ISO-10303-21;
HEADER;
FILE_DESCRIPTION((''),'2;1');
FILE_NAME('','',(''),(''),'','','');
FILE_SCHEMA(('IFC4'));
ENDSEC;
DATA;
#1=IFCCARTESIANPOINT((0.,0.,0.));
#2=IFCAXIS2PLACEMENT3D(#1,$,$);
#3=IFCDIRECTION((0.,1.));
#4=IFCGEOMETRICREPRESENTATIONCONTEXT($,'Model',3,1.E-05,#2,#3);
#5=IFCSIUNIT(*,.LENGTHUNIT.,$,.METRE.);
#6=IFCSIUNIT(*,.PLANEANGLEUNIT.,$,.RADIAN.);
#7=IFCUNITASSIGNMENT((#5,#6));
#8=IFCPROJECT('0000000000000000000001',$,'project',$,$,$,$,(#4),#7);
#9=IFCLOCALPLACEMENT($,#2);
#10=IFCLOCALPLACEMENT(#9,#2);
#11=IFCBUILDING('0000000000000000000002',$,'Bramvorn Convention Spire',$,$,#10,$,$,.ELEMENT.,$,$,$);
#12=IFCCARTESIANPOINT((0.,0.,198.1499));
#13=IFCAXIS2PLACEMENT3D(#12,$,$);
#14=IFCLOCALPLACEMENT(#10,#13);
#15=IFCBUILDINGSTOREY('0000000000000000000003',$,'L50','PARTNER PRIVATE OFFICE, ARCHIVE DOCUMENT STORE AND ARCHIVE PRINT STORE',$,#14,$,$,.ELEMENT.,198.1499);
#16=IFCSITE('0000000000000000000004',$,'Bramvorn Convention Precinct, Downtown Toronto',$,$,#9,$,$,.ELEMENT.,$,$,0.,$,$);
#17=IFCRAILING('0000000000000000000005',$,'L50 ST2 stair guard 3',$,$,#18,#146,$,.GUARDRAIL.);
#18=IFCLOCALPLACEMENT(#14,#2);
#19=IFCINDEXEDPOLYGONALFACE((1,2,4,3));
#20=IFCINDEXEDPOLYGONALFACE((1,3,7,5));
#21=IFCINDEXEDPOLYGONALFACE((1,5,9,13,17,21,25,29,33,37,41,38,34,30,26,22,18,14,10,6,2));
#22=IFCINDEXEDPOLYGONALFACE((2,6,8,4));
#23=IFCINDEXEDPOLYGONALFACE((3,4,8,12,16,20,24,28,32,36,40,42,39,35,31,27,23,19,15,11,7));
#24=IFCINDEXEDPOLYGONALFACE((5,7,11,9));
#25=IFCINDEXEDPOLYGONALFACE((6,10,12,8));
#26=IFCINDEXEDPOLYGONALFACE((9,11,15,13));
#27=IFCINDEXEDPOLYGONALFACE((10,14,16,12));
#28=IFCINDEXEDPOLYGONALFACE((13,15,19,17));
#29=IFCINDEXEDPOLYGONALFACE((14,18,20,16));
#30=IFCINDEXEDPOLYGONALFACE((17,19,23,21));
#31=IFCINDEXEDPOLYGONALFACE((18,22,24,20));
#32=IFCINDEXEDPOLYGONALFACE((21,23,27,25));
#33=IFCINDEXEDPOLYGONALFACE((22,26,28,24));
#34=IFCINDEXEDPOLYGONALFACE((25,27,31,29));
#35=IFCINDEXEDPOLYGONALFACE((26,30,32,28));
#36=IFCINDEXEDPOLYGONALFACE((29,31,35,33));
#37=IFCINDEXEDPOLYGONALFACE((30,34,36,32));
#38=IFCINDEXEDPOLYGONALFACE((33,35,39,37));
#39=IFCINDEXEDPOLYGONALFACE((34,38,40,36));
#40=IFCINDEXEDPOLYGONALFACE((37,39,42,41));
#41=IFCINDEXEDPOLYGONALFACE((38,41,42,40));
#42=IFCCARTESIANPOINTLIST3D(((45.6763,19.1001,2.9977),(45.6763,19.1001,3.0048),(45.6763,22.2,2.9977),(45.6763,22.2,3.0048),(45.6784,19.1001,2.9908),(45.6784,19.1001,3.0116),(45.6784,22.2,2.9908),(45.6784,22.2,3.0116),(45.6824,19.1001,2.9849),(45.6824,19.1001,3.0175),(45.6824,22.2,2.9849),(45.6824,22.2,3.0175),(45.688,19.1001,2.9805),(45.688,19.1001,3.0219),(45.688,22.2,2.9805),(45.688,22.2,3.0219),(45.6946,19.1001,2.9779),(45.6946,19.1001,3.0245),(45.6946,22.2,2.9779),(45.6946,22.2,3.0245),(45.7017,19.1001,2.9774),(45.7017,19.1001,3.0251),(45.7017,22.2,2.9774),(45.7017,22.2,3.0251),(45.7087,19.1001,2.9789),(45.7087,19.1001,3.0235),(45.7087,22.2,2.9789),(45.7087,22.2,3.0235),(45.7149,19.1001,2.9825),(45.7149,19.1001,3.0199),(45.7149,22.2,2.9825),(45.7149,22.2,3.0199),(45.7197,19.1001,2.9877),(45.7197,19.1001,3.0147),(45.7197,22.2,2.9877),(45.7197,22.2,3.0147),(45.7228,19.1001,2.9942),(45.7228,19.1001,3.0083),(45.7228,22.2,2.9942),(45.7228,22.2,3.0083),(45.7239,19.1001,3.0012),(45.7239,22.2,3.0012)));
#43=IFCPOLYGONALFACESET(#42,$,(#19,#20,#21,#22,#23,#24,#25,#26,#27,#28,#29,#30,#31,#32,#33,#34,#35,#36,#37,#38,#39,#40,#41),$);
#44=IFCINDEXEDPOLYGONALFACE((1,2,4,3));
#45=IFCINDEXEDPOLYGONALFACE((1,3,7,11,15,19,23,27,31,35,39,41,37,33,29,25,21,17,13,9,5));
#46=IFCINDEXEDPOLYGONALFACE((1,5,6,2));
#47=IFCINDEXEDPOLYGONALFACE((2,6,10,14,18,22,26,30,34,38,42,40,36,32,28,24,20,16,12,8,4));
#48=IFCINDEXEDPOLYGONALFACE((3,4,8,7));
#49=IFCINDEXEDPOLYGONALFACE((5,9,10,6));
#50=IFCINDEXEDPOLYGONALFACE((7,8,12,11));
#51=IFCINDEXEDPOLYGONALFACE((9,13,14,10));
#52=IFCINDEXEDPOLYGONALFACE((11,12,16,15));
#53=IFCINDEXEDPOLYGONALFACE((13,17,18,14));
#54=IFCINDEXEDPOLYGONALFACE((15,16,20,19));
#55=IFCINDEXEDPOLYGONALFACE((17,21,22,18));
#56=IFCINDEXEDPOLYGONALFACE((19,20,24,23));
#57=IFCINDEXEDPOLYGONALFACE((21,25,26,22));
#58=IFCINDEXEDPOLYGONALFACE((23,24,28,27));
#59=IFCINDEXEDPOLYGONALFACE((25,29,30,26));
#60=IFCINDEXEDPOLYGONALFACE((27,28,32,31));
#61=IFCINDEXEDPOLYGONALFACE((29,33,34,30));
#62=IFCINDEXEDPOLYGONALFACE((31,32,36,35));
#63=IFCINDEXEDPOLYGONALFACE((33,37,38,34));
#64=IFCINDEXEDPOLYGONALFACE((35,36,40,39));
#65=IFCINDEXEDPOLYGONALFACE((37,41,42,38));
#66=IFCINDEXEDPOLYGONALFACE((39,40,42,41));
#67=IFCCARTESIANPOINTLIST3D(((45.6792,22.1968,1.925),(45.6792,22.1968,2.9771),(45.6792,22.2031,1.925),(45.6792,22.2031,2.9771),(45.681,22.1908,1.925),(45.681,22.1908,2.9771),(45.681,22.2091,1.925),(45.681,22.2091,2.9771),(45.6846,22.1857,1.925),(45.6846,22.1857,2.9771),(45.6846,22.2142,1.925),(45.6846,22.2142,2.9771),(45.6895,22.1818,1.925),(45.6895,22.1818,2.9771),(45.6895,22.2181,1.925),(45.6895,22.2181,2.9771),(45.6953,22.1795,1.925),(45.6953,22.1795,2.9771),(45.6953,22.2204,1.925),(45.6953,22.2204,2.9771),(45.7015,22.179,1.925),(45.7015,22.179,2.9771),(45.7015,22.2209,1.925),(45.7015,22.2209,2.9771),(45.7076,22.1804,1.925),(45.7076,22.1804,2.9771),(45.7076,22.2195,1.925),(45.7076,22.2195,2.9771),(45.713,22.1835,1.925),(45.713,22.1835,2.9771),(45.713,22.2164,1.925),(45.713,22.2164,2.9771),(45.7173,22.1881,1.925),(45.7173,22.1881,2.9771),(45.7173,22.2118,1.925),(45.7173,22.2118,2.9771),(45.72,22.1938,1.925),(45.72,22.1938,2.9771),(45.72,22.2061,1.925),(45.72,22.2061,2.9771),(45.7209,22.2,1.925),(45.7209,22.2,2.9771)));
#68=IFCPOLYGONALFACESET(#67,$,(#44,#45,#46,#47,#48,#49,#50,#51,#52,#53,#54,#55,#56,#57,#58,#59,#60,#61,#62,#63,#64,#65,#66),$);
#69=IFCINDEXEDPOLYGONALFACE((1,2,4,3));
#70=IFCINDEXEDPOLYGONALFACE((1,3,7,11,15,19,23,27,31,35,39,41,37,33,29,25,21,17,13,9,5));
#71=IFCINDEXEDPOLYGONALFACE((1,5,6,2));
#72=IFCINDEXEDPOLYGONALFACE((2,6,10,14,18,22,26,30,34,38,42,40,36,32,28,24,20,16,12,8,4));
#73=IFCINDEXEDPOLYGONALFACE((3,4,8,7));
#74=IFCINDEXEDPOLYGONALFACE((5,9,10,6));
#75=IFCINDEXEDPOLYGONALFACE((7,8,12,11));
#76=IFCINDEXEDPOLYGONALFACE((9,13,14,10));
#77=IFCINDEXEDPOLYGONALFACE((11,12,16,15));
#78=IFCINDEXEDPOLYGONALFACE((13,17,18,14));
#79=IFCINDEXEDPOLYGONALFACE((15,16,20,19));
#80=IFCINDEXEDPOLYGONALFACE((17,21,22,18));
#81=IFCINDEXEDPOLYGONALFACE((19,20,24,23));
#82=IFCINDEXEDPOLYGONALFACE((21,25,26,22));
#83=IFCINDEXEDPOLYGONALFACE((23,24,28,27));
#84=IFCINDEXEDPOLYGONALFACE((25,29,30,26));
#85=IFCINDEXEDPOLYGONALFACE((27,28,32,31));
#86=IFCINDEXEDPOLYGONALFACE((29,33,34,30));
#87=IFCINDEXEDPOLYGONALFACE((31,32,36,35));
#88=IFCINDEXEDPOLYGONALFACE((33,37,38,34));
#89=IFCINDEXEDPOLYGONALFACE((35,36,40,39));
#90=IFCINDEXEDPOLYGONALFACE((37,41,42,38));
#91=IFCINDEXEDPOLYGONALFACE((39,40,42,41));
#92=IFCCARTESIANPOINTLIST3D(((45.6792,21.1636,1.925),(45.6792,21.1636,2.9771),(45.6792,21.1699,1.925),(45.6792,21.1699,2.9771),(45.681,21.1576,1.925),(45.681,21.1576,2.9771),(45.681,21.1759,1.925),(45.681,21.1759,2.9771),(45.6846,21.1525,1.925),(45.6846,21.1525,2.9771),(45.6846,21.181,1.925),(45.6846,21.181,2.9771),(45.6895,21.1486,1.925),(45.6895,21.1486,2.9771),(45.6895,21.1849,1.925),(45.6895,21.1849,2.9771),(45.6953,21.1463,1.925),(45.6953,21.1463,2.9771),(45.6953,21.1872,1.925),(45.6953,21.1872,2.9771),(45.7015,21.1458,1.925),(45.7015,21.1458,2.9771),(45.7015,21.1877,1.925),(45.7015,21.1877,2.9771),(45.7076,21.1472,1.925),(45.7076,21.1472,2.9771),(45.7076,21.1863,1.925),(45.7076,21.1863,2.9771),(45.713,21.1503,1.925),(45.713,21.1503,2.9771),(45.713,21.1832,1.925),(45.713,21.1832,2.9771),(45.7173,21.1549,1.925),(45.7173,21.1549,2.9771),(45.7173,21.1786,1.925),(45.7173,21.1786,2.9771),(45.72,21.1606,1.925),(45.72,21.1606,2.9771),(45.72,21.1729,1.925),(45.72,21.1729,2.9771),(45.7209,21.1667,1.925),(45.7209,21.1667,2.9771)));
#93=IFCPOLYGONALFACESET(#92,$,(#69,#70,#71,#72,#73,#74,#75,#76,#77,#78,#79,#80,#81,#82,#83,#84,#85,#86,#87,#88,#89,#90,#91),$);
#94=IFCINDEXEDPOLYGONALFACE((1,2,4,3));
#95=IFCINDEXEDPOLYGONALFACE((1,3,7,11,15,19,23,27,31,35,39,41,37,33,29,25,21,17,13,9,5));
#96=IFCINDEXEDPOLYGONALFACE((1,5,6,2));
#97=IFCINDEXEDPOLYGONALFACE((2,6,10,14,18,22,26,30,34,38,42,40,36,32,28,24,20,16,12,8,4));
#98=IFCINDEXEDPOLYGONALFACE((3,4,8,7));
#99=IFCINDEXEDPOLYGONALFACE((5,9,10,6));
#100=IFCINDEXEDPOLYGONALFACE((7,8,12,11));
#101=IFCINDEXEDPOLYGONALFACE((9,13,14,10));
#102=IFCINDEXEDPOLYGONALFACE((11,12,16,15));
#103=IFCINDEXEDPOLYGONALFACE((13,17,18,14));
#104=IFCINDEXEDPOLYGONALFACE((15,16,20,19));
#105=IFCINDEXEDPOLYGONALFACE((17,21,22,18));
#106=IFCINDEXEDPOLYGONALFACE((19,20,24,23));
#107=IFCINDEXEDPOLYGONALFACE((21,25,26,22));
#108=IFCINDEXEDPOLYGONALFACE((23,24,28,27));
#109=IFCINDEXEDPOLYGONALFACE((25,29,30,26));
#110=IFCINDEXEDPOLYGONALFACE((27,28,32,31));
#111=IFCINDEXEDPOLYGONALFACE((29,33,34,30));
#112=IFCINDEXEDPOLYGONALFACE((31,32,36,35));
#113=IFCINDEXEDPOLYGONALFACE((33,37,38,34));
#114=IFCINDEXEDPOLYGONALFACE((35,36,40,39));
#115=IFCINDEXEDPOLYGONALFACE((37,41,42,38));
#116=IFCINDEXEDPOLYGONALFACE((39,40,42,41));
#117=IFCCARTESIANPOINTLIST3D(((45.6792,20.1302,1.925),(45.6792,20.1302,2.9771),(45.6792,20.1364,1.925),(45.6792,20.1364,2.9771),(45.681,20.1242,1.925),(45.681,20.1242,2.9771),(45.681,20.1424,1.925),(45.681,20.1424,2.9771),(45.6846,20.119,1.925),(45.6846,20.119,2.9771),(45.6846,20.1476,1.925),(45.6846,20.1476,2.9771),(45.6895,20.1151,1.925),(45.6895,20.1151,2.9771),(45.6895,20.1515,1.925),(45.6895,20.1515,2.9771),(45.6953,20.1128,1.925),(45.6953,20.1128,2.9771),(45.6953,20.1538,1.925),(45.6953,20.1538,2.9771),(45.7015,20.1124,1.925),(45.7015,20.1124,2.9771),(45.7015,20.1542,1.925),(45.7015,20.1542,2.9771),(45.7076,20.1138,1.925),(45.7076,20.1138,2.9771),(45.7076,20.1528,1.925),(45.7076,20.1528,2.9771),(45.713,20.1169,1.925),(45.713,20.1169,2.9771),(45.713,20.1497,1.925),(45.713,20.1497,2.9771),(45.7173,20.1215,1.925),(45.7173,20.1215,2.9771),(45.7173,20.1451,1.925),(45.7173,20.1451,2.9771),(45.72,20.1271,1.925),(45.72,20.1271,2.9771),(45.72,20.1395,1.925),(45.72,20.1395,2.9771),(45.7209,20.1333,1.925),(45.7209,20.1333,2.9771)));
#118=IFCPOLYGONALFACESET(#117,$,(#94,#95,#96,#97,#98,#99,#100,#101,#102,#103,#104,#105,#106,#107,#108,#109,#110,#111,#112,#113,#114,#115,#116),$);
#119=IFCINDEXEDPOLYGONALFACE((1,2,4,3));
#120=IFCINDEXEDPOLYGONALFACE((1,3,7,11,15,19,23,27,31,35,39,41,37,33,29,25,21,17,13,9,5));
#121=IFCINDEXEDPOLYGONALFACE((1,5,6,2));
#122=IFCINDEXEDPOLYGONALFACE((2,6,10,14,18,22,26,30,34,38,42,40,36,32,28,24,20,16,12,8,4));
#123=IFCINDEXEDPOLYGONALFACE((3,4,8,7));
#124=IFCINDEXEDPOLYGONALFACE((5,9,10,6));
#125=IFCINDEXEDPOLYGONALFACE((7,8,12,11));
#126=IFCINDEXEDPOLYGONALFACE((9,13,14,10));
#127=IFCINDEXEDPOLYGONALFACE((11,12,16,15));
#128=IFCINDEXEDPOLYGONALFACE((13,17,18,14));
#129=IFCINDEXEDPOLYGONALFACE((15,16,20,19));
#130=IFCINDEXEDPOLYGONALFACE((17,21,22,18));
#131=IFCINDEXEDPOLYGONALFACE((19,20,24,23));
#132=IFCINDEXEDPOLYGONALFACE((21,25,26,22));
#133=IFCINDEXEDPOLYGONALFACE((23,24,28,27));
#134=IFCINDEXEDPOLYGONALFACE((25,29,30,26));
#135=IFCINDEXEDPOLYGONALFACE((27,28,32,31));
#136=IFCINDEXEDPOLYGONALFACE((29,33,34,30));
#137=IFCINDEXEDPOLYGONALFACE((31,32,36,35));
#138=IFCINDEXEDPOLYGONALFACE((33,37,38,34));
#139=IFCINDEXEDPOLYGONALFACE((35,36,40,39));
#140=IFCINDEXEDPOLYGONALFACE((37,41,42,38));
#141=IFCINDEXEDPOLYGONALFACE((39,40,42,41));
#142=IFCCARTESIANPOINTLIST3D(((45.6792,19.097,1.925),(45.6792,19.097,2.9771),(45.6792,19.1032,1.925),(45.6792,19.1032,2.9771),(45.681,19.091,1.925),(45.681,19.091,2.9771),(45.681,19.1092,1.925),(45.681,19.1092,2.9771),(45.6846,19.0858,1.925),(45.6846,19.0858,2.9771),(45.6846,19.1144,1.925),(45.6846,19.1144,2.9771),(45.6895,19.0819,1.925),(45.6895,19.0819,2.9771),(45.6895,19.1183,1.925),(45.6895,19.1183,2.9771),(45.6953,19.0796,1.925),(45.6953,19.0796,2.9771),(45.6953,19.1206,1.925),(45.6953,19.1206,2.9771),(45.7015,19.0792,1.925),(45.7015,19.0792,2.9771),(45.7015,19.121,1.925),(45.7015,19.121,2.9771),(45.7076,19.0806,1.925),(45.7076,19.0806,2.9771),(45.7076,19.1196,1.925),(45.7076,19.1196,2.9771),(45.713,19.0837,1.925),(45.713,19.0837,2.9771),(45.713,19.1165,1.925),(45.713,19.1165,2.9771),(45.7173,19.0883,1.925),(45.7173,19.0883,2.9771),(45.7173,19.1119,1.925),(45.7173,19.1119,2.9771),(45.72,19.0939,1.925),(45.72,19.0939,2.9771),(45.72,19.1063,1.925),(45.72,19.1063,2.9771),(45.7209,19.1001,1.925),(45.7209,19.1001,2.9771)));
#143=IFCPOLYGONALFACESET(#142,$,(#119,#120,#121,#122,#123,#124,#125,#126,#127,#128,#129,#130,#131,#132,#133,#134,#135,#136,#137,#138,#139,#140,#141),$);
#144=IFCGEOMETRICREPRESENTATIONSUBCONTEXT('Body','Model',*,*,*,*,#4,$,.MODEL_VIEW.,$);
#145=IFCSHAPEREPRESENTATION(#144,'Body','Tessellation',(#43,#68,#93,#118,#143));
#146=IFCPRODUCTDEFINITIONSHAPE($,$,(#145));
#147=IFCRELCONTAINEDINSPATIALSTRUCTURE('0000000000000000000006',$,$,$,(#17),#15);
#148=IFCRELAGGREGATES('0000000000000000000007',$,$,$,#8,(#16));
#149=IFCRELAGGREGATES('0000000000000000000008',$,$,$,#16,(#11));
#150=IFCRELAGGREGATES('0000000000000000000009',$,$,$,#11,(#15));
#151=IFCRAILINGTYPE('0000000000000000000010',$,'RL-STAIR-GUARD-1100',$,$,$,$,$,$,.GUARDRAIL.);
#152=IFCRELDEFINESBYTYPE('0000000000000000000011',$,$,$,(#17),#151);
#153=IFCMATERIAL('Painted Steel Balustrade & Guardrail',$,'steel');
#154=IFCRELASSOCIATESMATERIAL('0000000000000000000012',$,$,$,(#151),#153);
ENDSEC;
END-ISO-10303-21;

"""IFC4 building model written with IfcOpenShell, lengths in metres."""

from ifc_helpers import new_model, si_unit, direction, frame, origin, origin_2d, place, context, subcontext, project, spatial, circle, extrude, material, type_object, element, save


model = new_model("IFC4")

# Units and contexts
model_context = context("Model", 3, precision=1e-05, world=origin(), true_north=direction((0.0, 1.0)))
body_context = subcontext(model_context, "Body", "Model", "MODEL_VIEW")
ifc_project = project(units=[si_unit("LENGTHUNIT", "METRE"), si_unit("PLANEANGLEUNIT", "RADIAN")], contexts=[model_context])

# Site, building, storey
site_placement = place(None, origin())
site = spatial("IfcSite", under=ifc_project, at=site_placement, Name="Bramvorn Convention Precinct, Downtown Toronto", CompositionType="ELEMENT", RefElevation=0.0)
building_placement = place(site_placement, origin())
building = spatial("IfcBuilding", under=site, at=building_placement, Name="Bramvorn Convention Spire", CompositionType="ELEMENT")
storey_placement = place(building_placement, frame((0.0, 0.0, 198.1499)))
storey = spatial("IfcBuildingStorey", under=building, at=storey_placement, Name="L50", Description="PARTNER PRIVATE OFFICE, ARCHIVE DOCUMENT STORE AND ARCHIVE PRINT STORE", CompositionType="ELEMENT", Elevation=198.1499)

# Railing
ifc_material_1 = material(Name="Painted Steel Balustrade & Guardrail", Category="steel")
railing_type_1 = type_object("IfcRailingType", Name="RL-STAIR-GUARD-1100", PredefinedType="GUARDRAIL", material=ifc_material_1)
railing_1_placement = place(storey_placement, frame((45.7, 22.2, 1.925)))
element("IfcRailing", 1, at=railing_1_placement, inside=storey, type_object=railing_type_1, Name="L50 ST2 stair guard 3", PredefinedType="GUARDRAIL", context=body_context, shape_type="SweptSolid", body=[
    extrude(circle(Radius=0.0239, at=origin_2d()), frame((0.0, 0.0, 1.0762), z_axis=(0.0, -1.0, 0.0), x_axis=(1.0, 0.0, 0.0)), (0.0, 0.0, 1.0), 3.0999),
    extrude(circle(Radius=0.021, at=origin_2d()), origin(), (0.0, 0.0, 1.0), 1.052),
    extrude(circle(Radius=0.021, at=origin_2d()), frame((0.0, -1.0332, 0.0)), (0.0, 0.0, 1.0), 1.052),
    extrude(circle(Radius=0.021, at=origin_2d()), frame((0.0, -2.0667, 0.0)), (0.0, 0.0, 1.0), 1.052),
    extrude(circle(Radius=0.021, at=origin_2d()), frame((0.0, -3.0999, 0.0)), (0.0, 0.0, 1.0), 1.052),
])

save(model, "model.ifc")
